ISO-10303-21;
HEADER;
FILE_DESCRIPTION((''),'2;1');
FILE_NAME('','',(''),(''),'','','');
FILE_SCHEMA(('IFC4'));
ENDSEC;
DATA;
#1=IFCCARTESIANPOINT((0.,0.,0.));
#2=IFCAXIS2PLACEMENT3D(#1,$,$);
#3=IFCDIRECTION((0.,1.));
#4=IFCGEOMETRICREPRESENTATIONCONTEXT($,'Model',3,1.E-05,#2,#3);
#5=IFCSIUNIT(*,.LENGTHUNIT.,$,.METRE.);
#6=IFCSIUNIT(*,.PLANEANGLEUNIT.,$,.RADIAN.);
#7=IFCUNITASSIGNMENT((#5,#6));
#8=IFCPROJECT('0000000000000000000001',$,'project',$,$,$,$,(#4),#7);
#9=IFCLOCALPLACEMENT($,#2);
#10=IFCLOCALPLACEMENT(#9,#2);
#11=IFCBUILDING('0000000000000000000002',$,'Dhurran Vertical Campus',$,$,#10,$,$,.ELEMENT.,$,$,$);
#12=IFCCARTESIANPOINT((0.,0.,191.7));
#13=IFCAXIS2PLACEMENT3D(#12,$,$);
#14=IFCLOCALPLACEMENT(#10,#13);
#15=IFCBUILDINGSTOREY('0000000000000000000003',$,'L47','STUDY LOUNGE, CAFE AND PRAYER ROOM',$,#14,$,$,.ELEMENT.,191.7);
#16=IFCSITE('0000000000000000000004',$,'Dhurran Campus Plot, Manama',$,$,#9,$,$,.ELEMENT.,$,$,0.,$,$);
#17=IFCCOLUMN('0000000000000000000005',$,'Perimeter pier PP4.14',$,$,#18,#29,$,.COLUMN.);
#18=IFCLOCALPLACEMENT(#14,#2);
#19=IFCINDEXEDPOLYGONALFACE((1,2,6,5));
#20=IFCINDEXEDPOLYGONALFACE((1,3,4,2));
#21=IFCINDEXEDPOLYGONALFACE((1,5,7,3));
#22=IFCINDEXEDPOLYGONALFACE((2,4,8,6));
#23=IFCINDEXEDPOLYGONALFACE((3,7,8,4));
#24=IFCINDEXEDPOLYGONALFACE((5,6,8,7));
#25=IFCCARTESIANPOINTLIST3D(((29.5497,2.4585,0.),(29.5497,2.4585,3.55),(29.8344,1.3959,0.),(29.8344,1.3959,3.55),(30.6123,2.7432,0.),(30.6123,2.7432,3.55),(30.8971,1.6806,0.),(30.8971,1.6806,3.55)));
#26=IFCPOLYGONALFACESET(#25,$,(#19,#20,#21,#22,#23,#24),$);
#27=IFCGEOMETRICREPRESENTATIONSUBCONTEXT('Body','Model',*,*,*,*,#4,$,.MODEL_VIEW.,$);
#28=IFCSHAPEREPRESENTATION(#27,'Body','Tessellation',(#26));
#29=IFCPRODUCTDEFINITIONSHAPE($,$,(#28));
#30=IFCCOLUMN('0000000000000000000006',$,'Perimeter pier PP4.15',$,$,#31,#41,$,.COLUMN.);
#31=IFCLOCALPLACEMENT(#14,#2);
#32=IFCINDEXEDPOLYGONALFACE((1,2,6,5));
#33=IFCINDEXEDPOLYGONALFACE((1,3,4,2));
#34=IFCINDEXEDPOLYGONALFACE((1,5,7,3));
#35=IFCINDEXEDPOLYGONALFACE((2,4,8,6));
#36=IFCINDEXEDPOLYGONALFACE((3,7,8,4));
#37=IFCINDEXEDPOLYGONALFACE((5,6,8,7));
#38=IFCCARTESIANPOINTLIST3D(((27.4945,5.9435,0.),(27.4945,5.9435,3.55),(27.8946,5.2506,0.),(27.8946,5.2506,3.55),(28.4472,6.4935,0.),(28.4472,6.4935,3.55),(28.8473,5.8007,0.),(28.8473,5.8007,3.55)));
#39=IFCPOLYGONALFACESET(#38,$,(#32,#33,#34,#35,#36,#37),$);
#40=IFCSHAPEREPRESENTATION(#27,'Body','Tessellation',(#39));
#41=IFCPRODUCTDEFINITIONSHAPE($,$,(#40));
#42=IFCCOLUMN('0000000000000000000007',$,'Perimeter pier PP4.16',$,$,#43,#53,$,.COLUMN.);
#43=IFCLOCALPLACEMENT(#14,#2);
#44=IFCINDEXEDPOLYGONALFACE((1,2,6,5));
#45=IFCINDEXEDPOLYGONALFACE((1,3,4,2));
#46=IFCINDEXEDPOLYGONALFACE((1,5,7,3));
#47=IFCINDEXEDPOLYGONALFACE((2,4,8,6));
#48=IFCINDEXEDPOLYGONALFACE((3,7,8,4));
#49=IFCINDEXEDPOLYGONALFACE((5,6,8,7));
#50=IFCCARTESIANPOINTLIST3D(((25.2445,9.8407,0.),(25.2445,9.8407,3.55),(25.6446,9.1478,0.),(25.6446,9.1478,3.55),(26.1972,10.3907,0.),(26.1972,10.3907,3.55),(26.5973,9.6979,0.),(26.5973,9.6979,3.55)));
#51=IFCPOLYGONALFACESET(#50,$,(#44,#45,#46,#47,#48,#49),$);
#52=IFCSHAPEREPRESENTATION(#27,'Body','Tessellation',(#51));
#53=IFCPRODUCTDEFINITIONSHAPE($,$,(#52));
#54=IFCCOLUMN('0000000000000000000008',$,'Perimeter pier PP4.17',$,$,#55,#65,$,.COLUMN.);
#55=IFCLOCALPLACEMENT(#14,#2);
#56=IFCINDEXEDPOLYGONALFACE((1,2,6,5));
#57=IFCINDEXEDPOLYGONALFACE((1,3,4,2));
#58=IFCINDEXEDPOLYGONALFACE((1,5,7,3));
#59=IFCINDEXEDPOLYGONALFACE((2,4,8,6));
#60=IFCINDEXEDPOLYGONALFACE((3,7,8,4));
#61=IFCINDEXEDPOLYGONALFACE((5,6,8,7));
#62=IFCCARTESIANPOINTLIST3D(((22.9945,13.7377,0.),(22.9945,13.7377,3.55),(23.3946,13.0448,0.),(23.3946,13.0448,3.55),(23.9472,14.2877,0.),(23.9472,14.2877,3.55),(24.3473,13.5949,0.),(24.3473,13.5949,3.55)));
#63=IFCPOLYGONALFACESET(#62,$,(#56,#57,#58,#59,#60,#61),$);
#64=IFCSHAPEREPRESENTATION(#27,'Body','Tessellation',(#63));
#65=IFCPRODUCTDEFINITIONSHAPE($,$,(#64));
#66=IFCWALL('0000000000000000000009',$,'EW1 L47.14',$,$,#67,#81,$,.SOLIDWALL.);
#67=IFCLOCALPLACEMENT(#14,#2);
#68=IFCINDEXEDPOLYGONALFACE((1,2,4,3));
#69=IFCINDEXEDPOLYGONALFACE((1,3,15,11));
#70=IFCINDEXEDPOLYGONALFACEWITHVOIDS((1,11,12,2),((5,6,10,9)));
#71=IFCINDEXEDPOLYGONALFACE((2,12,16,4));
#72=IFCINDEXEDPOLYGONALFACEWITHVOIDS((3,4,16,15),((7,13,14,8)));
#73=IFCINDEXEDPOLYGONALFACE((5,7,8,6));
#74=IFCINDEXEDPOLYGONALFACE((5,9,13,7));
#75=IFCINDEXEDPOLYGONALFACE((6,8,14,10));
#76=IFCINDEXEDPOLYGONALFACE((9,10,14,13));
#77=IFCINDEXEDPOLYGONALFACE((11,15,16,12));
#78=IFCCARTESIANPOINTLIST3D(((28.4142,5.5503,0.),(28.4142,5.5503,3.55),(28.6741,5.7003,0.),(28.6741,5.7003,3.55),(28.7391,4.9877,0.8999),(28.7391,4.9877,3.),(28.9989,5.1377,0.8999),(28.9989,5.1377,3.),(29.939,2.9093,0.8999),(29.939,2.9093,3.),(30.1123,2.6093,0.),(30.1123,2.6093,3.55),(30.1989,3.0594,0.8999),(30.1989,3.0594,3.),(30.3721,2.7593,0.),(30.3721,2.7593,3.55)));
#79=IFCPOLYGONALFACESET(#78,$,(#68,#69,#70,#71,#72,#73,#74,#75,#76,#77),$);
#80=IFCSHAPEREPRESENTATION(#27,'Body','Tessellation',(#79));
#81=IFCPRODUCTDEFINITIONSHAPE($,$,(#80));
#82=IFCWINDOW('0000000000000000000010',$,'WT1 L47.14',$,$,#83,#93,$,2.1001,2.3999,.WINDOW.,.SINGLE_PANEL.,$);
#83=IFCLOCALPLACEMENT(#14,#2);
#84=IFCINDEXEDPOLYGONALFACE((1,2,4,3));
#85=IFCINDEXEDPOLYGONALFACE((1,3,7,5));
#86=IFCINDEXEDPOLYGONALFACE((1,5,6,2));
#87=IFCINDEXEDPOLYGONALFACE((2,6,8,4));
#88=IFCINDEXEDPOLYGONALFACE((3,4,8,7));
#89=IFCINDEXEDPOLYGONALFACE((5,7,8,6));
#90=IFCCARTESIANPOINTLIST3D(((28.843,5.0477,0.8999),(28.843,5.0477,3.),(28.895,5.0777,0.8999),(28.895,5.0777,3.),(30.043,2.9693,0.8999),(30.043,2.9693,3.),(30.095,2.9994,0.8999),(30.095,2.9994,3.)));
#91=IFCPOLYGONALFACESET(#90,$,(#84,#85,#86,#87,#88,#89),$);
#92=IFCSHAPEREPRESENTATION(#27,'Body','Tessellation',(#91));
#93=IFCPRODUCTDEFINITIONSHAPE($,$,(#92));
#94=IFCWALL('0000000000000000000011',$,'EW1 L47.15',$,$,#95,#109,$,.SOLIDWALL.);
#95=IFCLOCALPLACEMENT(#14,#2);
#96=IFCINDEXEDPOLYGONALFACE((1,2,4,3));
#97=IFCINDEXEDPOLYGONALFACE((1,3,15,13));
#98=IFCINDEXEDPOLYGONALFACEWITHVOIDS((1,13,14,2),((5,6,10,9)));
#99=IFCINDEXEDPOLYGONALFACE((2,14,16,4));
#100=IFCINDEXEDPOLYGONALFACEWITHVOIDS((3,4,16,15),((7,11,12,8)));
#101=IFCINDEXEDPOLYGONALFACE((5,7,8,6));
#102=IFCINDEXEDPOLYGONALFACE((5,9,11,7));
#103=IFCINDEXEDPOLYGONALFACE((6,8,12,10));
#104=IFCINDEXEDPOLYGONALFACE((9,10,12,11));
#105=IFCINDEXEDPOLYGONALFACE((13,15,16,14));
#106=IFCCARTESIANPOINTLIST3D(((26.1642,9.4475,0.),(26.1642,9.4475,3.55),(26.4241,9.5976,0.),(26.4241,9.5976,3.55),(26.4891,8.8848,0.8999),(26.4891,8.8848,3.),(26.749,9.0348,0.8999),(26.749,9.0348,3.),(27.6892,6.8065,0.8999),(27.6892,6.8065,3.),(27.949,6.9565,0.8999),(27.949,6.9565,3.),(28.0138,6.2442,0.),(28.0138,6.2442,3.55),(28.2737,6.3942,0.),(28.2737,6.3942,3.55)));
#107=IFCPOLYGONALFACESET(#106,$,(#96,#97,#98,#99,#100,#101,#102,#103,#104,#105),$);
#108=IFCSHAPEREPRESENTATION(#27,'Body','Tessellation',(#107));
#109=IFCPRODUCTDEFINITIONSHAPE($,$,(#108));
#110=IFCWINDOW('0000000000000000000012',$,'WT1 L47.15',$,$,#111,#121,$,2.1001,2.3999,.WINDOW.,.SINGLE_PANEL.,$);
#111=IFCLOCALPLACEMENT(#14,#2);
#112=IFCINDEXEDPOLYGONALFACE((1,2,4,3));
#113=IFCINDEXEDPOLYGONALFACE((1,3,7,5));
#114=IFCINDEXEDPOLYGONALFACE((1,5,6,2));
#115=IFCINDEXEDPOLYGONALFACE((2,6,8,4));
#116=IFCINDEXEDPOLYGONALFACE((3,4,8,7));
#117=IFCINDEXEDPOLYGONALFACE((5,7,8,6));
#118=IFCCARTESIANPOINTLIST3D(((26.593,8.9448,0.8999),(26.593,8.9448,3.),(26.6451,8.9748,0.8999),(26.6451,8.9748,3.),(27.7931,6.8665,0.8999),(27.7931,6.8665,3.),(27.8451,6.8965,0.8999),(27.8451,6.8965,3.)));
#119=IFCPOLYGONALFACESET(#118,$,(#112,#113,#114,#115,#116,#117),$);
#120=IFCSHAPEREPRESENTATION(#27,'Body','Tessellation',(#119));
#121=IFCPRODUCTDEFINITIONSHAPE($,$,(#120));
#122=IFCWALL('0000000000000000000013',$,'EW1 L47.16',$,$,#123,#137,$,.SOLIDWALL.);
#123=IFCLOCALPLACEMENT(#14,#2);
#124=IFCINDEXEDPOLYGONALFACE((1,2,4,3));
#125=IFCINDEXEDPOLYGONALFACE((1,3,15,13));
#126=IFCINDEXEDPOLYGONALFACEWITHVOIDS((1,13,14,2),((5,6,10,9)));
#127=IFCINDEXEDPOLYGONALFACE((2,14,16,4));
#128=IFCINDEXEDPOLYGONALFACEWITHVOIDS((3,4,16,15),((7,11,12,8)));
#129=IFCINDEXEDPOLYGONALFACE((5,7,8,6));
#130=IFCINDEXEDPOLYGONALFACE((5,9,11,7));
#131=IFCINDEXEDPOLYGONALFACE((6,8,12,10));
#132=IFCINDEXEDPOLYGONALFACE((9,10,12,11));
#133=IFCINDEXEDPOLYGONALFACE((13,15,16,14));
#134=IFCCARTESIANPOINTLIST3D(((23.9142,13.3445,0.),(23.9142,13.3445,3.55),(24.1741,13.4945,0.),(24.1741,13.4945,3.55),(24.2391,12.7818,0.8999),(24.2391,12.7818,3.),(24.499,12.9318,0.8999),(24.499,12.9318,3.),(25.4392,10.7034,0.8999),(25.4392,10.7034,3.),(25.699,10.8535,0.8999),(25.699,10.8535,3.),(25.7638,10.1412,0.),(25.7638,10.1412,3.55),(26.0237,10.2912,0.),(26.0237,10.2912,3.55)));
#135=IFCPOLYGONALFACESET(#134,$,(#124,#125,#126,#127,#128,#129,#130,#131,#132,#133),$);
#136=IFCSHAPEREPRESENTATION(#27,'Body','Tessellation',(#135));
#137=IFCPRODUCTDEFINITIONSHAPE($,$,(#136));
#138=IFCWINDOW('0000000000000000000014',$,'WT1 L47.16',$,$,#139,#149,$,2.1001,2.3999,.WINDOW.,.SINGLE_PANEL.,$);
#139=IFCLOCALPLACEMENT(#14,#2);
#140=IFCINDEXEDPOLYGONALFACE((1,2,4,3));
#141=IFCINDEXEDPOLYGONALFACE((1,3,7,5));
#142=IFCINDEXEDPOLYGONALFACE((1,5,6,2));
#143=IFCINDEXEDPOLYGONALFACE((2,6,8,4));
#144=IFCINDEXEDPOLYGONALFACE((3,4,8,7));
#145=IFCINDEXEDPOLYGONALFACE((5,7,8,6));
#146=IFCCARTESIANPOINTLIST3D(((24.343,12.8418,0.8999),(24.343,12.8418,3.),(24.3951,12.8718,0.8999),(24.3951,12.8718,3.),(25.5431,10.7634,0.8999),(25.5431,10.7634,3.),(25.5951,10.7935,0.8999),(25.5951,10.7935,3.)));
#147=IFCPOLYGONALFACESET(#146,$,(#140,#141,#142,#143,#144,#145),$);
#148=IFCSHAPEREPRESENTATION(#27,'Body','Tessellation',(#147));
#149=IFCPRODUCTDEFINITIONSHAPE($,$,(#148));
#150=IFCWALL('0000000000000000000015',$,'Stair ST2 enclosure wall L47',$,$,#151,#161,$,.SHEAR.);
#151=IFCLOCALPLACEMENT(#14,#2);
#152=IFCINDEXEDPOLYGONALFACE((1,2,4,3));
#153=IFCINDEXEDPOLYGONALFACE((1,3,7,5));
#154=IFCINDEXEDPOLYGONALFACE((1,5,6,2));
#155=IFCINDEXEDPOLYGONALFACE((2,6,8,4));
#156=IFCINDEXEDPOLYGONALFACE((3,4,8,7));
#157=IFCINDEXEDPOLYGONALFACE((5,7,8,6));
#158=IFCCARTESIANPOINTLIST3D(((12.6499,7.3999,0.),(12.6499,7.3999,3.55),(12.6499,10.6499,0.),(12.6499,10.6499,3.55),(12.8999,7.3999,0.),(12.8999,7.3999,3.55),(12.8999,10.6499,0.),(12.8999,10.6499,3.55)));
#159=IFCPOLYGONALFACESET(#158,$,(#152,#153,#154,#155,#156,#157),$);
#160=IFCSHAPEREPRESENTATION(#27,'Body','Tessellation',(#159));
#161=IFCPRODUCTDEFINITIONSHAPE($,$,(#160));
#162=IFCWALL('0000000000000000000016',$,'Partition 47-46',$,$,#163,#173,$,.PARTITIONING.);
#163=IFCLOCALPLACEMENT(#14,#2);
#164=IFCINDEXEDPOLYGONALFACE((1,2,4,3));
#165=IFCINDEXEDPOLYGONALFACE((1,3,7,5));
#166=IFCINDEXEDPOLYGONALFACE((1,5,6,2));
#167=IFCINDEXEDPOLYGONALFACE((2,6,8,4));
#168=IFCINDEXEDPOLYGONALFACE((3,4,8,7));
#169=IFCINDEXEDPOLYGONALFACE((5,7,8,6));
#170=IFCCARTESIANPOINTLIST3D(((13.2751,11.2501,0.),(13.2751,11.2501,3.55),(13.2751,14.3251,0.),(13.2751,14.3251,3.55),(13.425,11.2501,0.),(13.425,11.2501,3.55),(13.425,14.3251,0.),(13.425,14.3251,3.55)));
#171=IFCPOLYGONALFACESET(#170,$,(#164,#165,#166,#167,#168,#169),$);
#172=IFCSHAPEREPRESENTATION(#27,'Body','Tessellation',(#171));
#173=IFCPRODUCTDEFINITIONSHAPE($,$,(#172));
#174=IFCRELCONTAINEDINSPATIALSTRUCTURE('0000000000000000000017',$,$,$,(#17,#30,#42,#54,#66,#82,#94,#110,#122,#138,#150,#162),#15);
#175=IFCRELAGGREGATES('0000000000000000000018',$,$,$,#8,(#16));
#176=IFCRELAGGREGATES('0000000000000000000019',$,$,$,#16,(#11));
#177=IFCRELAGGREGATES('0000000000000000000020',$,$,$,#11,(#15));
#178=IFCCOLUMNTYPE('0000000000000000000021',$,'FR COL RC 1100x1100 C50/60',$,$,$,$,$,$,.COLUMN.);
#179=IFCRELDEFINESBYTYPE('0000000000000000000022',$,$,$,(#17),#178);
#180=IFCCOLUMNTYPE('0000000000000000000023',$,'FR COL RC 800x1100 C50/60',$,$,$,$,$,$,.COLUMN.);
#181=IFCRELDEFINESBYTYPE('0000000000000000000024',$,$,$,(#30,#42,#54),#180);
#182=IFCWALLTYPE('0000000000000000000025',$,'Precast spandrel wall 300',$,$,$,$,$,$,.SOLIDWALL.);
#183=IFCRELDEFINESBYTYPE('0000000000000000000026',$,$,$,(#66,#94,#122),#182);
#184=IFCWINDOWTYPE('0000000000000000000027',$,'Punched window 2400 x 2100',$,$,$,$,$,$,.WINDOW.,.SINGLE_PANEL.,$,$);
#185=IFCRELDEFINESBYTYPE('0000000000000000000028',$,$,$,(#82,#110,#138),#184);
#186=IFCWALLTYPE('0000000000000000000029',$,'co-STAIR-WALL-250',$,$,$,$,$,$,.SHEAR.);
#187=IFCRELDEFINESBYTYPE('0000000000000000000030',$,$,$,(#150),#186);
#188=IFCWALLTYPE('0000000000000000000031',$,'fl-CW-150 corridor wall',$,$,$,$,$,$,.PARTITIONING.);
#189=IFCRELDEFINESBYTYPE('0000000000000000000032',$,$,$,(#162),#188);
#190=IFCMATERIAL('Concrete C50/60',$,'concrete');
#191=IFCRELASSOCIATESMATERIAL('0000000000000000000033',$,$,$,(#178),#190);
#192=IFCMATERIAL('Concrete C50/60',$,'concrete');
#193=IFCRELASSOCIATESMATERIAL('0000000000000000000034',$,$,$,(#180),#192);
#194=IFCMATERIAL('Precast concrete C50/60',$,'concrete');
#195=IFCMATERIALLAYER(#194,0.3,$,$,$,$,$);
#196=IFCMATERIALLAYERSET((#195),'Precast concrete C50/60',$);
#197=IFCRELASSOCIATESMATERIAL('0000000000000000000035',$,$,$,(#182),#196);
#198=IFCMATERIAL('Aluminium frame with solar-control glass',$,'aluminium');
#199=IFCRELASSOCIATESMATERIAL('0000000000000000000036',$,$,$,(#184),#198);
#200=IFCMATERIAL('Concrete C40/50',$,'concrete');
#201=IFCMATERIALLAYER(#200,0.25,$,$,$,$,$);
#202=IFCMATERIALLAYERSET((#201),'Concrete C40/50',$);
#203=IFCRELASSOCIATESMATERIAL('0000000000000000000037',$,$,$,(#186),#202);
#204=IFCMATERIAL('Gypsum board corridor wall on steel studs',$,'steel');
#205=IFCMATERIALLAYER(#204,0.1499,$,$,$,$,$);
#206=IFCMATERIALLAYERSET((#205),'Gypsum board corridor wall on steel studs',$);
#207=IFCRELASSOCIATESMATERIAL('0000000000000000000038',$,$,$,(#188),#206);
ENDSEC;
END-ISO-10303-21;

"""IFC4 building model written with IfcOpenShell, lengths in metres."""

from ifc_helpers import new_model, si_unit, direction, frame, frame_2d, origin, origin_2d, place, context, subcontext, project, spatial, rectangle, extrude, material, layer, layer_set, material_profile, profile_set, type_object, element, fill, save


model = new_model("IFC4")

# Units and contexts
model_context = context("Model", 3, precision=1e-05, world=origin(), true_north=direction((0.0, 1.0)))
body_context = subcontext(model_context, "Body", "Model", "MODEL_VIEW")
ifc_project = project(units=[si_unit("LENGTHUNIT", "METRE"), si_unit("PLANEANGLEUNIT", "RADIAN")], contexts=[model_context])

# Site, building, storey
site_placement = place(None, origin())
site = spatial("IfcSite", under=ifc_project, at=site_placement, Name="Dhurran Campus Plot, Manama", CompositionType="ELEMENT", RefElevation=0.0)
building_placement = place(site_placement, origin())
building = spatial("IfcBuilding", under=site, at=building_placement, Name="Dhurran Vertical Campus", CompositionType="ELEMENT")
storey_placement = place(building_placement, frame((0.0, 0.0, 191.7)))
storey = spatial("IfcBuildingStorey", under=building, at=storey_placement, Name="L47", Description="STUDY LOUNGE, CAFE AND PRAYER ROOM", CompositionType="ELEMENT", Elevation=191.7)

# Columns
ifc_material_1 = material(Name="Concrete C50/60", Category="concrete")
ifc_material_profile_1 = material_profile(ifc_material_1, rectangle(XDim=1.1001, YDim=1.1001, at=origin_2d()), Name="RC 1100x1100")
ifc_profile_set_1 = profile_set([ifc_material_profile_1], Name="Concrete C50/60")
column_type_1 = type_object("IfcColumnType", Name="FR COL RC 1100x1100 C50/60", PredefinedType="COLUMN", material=ifc_profile_set_1)
column_placement = place(storey_placement, frame((30.2234, 2.0696, 0.0), z_axis=(0.0, 0.0, 1.0), x_axis=(-0.258819, 0.965926, 0.0)))
element("IfcColumn", 1, at=column_placement, inside=storey, type_object=column_type_1, Name="Perimeter pier PP4.14", PredefinedType="COLUMN", context=body_context, shape_type="SweptSolid", body=[
    extrude(rectangle(XDim=1.1001, YDim=1.1001, at=origin_2d()), origin(), (0.0, 0.0, 1.0), 3.55),
])
ifc_material_2 = material(Name="Concrete C50/60", Category="concrete")
ifc_material_profile_2 = material_profile(ifc_material_2, rectangle(XDim=0.8, YDim=1.1001, at=origin_2d()), Name="RC 800x1100")
ifc_profile_set_2 = profile_set([ifc_material_profile_2], Name="Concrete C50/60")
column_type_2 = type_object("IfcColumnType", Name="FR COL RC 800x1100 C50/60", PredefinedType="COLUMN", material=ifc_profile_set_2)
for number, where, z_axis, x_axis, name in (
    (2, (28.1709, 5.8721, 0.0), (0.0, 0.0, 1.0), (-0.5, 0.866025, 0.0), "Perimeter pier PP4.15"),
    (3, (25.9209, 9.7693, 0.0), (0.0, 0.0, 1.0), (-0.5, 0.866025, 0.0), "Perimeter pier PP4.16"),
    (4, (23.6709, 13.6663, 0.0), (0.0, 0.0, 1.0), (-0.5, 0.866025, 0.0), "Perimeter pier PP4.17"),
):
    element("IfcColumn", number, at=place(storey_placement, frame(where, z_axis=z_axis, x_axis=x_axis)), inside=storey, type_object=column_type_2, Name=name, PredefinedType="COLUMN", context=body_context, shape_type="SweptSolid", body=[
        extrude(rectangle(XDim=0.8, YDim=1.1001, at=origin_2d()), origin(), (0.0, 0.0, 1.0), 3.55),
    ])

# Walls, openings, windows
ifc_material_3 = material(Name="Precast concrete C50/60", Category="concrete")
ifc_layer_1 = layer(ifc_material_3, 0.3)
ifc_layer_set_1 = layer_set([ifc_layer_1], Name="Precast concrete C50/60")
wall_type_1 = type_object("IfcWallType", Name="Precast spandrel wall 300", PredefinedType="SOLIDWALL", material=ifc_layer_set_1)
wall_1_placement = place(storey_placement, frame((30.2422, 2.6843, 0.0), z_axis=(0.0, 0.0, 1.0), x_axis=(-0.500013, 0.866018, 0.0)))
wall_1 = element("IfcWall", 5, at=wall_1_placement, inside=storey, type_object=wall_type_1, Name="EW1 L47.14", PredefinedType="SOLIDWALL", context=body_context, shape_type="SweptSolid", body=[
    extrude(rectangle(XDim=3.396, YDim=0.3, at=frame_2d((1.698, 0.0))), origin(), (0.0, 0.0, 1.0), 3.55),
])
opening_1_placement = place(wall_1_placement, frame((0.3464, 0.0, 0.8999)))
opening_1 = element("IfcOpeningElement", 6, at=opening_1_placement, cuts=wall_1, PredefinedType="OPENING", context=body_context, shape_type="SweptSolid", body=[
    extrude(rectangle(XDim=2.3999, YDim=2.1001, at=frame_2d((1.2, 1.05))), frame((0.0, 0.1599, 0.0), z_axis=(0.0, -1.0, 0.0), x_axis=(1.0, 0.0, 0.0)), (0.0, 0.0, 1.0), 0.3201),
])
ifc_material_4 = material(Name="Aluminium frame with solar-control glass", Category="aluminium")
window_type = type_object("IfcWindowType", Name="Punched window 2400 x 2100", PartitioningType="SINGLE_PANEL", PredefinedType="WINDOW", material=ifc_material_4)
window_1_placement = place(opening_1_placement, origin())
window_1 = element("IfcWindow", 7, at=window_1_placement, inside=storey, type_object=window_type, Name="WT1 L47.14", OverallHeight=2.1001, OverallWidth=2.3999, PartitioningType="SINGLE_PANEL", PredefinedType="WINDOW", context=body_context, shape_type="SweptSolid", body=[
    extrude(rectangle(XDim=2.3999, YDim=2.1001, at=frame_2d((1.2, 1.05))), frame((0.0, 0.03, 0.0), z_axis=(0.0, -1.0, 0.0), x_axis=(1.0, 0.0, 0.0)), (0.0, 0.0, 1.0), 0.0601),
])
fill(opening_1, window_1)
wall_2_placement = place(storey_placement, frame((28.1438, 6.3191, 0.0), z_axis=(0.0, 0.0, 1.0), x_axis=(-0.500029, 0.866009, 0.0)))
wall_2 = element("IfcWall", 8, at=wall_2_placement, inside=storey, type_object=wall_type_1, Name="EW1 L47.15", PredefinedType="SOLIDWALL", context=body_context, shape_type="SweptSolid", body=[
    extrude(rectangle(XDim=3.699, YDim=0.3, at=frame_2d((1.8496, 0.0))), origin(), (0.0, 0.0, 1.0), 3.55),
])
opening_2_placement = place(wall_2_placement, frame((0.6494, 0.0, 0.8999)))
opening_2 = element("IfcOpeningElement", 9, at=opening_2_placement, cuts=wall_2, PredefinedType="OPENING", context=body_context, shape_type="SweptSolid", body=[
    extrude(rectangle(XDim=2.3999, YDim=2.1001, at=frame_2d((1.2, 1.05))), frame((0.0, 0.1599, 0.0), z_axis=(0.0, -1.0, 0.0), x_axis=(1.0, 0.0, 0.0)), (0.0, 0.0, 1.0), 0.3201),
])
window_2_placement = place(opening_2_placement, origin())
window_2 = element("IfcWindow", 10, at=window_2_placement, inside=storey, type_object=window_type, Name="WT1 L47.15", OverallHeight=2.1001, OverallWidth=2.3999, PartitioningType="SINGLE_PANEL", PredefinedType="WINDOW", context=body_context, shape_type="SweptSolid", body=[
    extrude(rectangle(XDim=2.3999, YDim=2.1001, at=frame_2d((1.2, 1.05))), frame((0.0, 0.03, 0.0), z_axis=(0.0, -1.0, 0.0), x_axis=(1.0, 0.0, 0.0)), (0.0, 0.0, 1.0), 0.0601),
])
fill(opening_2, window_2)
wall_3_placement = place(storey_placement, frame((25.8938, 10.2161, 0.0), z_axis=(0.0, 0.0, 1.0), x_axis=(-0.500029, 0.866009, 0.0)))
wall_3 = element("IfcWall", 11, at=wall_3_placement, inside=storey, type_object=wall_type_1, Name="EW1 L47.16", PredefinedType="SOLIDWALL", context=body_context, shape_type="SweptSolid", body=[
    extrude(rectangle(XDim=3.699, YDim=0.3, at=frame_2d((1.8496, 0.0))), origin(), (0.0, 0.0, 1.0), 3.55),
])
opening_3_placement = place(wall_3_placement, frame((0.6494, 0.0, 0.8999)))
opening_3 = element("IfcOpeningElement", 12, at=opening_3_placement, cuts=wall_3, PredefinedType="OPENING", context=body_context, shape_type="SweptSolid", body=[
    extrude(rectangle(XDim=2.3999, YDim=2.1001, at=frame_2d((1.2, 1.05))), frame((0.0, 0.1599, 0.0), z_axis=(0.0, -1.0, 0.0), x_axis=(1.0, 0.0, 0.0)), (0.0, 0.0, 1.0), 0.3201),
])
window_3_placement = place(opening_3_placement, origin())
window_3 = element("IfcWindow", 13, at=window_3_placement, inside=storey, type_object=window_type, Name="WT1 L47.16", OverallHeight=2.1001, OverallWidth=2.3999, PartitioningType="SINGLE_PANEL", PredefinedType="WINDOW", context=body_context, shape_type="SweptSolid", body=[
    extrude(rectangle(XDim=2.3999, YDim=2.1001, at=frame_2d((1.2, 1.05))), frame((0.0, 0.03, 0.0), z_axis=(0.0, -1.0, 0.0), x_axis=(1.0, 0.0, 0.0)), (0.0, 0.0, 1.0), 0.0601),
])
fill(opening_3, window_3)

# Walls
ifc_material_5 = material(Name="Concrete C40/50", Category="concrete")
ifc_layer_2 = layer(ifc_material_5, 0.25)
ifc_layer_set_2 = layer_set([ifc_layer_2], Name="Concrete C40/50")
wall_type_2 = type_object("IfcWallType", Name="co-STAIR-WALL-250", PredefinedType="SHEAR", material=ifc_layer_set_2)
wall_4_placement = place(storey_placement, frame((12.7749, 7.3999, 0.0), z_axis=(0.0, 0.0, 1.0), x_axis=(0.0, 1.0, 0.0)))
element("IfcWall", 14, at=wall_4_placement, inside=storey, type_object=wall_type_2, Name="Stair ST2 enclosure wall L47", PredefinedType="SHEAR", context=body_context, shape_type="SweptSolid", body=[
    extrude(rectangle(XDim=3.25, YDim=0.25, at=frame_2d((1.625, 0.0))), origin(), (0.0, 0.0, 1.0), 3.55),
])
ifc_material_6 = material(Name="Gypsum board corridor wall on steel studs", Category="steel")
ifc_layer_3 = layer(ifc_material_6, 0.1499)
ifc_layer_set_3 = layer_set([ifc_layer_3], Name="Gypsum board corridor wall on steel studs")
wall_type_3 = type_object("IfcWallType", Name="fl-CW-150 corridor wall", PredefinedType="PARTITIONING", material=ifc_layer_set_3)
for number, where, z_axis, x_axis, name in (
    (15, (13.3501, 11.25, 0.0), (0.0, 0.0, 1.0), (0.0, 1.0, 0.0), "Partition 47-46"),
):
    element("IfcWall", number, at=place(storey_placement, frame(where, z_axis=z_axis, x_axis=x_axis)), inside=storey, type_object=wall_type_3, Name=name, PredefinedType="PARTITIONING", context=body_context, shape_type="SweptSolid", body=[
        extrude(rectangle(XDim=3.075, YDim=0.1499, at=frame_2d((1.5376, 0.0))), origin(), (0.0, 0.0, 1.0), 3.55),
    ])

save(model, "model.ifc")
